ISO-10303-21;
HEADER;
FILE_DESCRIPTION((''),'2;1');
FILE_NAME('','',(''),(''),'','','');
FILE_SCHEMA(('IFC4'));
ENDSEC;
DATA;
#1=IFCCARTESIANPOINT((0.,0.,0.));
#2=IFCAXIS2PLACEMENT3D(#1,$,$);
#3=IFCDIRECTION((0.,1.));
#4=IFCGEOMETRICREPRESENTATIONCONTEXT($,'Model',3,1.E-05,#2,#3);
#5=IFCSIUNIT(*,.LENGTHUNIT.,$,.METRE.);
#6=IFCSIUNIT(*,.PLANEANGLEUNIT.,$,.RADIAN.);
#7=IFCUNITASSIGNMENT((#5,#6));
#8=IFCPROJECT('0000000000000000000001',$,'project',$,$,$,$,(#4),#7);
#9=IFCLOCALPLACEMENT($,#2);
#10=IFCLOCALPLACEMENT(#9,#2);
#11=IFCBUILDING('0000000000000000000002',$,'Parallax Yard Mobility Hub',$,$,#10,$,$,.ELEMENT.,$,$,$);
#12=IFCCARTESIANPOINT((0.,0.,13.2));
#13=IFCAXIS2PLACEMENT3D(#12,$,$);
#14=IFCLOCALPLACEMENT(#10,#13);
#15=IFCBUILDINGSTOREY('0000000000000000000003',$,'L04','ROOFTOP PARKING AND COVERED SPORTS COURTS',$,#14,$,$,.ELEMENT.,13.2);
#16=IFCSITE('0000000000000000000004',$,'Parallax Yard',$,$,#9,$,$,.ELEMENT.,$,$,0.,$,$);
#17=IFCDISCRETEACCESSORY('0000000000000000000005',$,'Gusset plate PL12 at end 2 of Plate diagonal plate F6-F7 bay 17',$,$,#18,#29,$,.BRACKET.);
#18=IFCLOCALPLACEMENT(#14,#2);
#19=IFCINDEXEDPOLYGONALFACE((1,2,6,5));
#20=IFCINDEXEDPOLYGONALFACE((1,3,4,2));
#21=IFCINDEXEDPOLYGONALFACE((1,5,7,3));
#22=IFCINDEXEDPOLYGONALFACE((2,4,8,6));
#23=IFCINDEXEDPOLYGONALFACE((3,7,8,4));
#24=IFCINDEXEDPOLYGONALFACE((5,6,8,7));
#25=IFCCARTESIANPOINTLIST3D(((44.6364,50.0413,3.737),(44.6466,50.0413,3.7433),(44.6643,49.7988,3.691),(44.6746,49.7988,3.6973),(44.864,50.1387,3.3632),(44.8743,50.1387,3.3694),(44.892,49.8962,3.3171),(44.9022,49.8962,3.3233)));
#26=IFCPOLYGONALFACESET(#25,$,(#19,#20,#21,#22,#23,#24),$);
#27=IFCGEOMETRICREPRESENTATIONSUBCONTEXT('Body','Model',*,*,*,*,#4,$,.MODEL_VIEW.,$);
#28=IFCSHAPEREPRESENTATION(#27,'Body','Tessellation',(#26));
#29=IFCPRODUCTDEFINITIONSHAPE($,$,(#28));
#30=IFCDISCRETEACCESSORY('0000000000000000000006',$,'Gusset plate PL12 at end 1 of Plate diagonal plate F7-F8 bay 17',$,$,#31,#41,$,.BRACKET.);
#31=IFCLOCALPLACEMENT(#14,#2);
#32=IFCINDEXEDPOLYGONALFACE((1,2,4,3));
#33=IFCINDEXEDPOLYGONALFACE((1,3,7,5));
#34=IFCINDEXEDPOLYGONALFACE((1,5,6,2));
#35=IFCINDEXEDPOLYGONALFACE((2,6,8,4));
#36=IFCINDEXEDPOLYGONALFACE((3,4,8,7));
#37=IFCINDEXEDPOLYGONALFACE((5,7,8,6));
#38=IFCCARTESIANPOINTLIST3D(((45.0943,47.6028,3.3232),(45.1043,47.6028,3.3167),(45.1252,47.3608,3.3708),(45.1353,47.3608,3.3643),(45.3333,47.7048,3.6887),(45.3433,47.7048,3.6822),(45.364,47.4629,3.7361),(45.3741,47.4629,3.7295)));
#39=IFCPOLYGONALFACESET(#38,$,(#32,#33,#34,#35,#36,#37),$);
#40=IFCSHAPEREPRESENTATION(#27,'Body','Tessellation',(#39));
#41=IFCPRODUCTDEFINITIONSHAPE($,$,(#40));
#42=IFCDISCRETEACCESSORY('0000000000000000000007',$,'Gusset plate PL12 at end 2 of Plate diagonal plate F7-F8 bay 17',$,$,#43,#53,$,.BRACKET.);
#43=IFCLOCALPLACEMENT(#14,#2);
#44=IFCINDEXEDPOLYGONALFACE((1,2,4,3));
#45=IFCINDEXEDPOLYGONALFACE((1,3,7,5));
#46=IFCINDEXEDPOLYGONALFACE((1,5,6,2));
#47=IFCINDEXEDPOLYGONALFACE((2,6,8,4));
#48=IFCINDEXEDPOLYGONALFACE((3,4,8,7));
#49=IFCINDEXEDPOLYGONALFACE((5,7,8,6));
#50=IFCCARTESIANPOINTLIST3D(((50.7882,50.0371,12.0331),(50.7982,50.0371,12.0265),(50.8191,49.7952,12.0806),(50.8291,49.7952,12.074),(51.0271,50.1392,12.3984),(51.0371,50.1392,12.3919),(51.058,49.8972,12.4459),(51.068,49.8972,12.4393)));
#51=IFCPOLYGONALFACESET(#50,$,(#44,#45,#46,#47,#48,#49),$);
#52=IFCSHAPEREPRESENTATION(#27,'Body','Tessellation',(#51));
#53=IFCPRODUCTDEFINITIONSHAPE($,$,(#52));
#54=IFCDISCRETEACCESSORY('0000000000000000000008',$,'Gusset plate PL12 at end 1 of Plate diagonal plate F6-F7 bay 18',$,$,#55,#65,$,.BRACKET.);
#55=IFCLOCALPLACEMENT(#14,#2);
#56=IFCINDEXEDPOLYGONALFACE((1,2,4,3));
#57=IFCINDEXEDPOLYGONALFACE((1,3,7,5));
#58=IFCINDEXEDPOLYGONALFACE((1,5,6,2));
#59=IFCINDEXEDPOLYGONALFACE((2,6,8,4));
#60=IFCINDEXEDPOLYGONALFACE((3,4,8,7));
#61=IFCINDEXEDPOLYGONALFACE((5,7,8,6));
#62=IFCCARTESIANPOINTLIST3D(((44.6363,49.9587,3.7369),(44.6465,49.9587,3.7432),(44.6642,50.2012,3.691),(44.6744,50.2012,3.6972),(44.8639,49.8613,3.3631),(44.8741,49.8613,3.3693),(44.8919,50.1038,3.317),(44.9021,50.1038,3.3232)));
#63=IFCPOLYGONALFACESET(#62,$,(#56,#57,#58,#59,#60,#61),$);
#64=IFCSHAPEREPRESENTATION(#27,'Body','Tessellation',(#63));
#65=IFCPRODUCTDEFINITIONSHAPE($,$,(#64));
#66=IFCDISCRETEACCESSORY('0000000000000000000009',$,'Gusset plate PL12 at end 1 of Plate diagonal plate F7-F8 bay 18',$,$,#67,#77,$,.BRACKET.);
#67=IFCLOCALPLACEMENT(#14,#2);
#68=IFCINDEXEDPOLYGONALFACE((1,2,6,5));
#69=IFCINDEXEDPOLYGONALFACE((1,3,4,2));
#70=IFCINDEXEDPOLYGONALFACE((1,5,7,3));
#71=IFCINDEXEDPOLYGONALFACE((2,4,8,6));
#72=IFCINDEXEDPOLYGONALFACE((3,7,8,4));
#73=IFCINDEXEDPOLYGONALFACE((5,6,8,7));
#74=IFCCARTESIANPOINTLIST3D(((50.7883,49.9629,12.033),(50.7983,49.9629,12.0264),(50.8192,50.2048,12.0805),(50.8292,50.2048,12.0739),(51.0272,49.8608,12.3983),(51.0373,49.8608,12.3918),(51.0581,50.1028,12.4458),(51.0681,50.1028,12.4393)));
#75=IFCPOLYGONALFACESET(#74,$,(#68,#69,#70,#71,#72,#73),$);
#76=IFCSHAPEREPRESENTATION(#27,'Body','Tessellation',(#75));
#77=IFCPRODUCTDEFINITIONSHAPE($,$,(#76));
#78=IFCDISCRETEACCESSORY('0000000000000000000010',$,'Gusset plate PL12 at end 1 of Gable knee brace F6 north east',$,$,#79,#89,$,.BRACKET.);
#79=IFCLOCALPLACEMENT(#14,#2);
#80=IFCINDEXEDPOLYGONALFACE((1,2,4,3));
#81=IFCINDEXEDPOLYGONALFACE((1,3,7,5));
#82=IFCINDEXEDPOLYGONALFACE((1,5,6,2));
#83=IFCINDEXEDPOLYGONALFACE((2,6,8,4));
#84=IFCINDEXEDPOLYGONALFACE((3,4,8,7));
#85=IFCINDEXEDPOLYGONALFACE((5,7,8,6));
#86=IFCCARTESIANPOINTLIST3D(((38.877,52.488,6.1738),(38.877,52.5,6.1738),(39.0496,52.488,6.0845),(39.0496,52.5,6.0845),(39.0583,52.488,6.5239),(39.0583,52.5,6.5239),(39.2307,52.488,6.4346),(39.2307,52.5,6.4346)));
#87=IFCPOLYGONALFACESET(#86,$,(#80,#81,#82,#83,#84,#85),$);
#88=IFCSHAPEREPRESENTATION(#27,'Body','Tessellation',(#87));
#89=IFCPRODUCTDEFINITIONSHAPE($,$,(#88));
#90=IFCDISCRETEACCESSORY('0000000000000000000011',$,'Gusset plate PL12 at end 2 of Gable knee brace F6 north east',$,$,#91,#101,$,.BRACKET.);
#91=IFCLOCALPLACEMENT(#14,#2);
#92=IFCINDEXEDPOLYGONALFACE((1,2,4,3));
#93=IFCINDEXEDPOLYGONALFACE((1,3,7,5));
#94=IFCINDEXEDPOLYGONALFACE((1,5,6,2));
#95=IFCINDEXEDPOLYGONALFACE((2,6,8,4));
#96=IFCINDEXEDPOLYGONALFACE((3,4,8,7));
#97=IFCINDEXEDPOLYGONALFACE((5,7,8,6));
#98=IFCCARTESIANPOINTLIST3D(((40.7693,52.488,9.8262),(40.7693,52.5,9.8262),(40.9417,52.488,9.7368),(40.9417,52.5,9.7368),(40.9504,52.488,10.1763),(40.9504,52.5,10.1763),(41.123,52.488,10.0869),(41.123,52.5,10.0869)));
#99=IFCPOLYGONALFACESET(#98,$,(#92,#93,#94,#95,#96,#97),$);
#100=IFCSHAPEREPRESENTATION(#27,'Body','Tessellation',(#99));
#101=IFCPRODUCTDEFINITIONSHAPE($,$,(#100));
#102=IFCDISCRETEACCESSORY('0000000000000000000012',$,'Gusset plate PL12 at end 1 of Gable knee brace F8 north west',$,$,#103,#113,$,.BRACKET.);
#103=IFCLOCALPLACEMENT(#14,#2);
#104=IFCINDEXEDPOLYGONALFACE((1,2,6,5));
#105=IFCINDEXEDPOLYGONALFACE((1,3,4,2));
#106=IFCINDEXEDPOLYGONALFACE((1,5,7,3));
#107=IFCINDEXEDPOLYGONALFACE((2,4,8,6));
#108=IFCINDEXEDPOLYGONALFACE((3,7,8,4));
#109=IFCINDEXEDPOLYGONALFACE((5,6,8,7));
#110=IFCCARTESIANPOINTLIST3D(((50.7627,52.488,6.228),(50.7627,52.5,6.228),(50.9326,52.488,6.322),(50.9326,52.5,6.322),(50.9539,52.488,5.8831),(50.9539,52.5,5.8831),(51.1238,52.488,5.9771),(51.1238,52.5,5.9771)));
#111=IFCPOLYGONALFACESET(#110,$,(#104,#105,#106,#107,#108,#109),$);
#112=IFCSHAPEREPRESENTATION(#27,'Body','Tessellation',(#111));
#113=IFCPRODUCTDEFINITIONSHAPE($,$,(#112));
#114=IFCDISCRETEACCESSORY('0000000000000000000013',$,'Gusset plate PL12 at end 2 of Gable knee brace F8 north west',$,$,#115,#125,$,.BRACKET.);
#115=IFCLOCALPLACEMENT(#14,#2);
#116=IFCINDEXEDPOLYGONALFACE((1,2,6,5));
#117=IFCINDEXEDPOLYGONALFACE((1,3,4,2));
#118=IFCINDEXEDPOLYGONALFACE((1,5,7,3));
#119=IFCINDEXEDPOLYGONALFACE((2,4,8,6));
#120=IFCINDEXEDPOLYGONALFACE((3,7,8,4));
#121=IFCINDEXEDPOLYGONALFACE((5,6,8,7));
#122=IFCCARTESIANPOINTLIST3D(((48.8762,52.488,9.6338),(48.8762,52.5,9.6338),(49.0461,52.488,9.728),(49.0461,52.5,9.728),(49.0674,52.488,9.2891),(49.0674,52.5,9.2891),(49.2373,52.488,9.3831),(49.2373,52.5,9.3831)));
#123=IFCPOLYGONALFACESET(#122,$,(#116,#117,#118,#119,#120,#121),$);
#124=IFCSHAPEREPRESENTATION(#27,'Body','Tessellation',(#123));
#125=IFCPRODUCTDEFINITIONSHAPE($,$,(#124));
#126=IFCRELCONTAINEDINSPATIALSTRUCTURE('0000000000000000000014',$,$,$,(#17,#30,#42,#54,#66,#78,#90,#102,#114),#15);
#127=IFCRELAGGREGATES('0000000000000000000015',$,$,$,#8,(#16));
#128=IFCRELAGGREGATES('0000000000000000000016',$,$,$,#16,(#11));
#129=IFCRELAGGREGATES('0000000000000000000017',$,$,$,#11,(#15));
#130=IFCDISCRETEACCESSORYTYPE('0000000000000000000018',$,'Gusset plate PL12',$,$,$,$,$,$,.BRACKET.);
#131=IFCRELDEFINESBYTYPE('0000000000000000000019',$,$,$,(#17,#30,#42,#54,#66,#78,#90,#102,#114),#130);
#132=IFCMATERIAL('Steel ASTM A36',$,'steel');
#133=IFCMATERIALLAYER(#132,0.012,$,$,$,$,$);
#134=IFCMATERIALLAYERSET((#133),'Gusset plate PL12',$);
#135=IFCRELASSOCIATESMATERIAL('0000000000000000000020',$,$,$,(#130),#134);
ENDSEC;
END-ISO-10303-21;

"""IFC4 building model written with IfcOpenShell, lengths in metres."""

from ifc_helpers import new_model, si_unit, direction, frame, origin, place, context, subcontext, project, spatial, polyline, outline, extrude, material, layer, layer_set, type_object, element, save


model = new_model("IFC4")

# Units and contexts
model_context = context("Model", 3, precision=1e-05, world=origin(), true_north=direction((0.0, 1.0)))
body_context = subcontext(model_context, "Body", "Model", "MODEL_VIEW")
ifc_project = project(units=[si_unit("LENGTHUNIT", "METRE"), si_unit("PLANEANGLEUNIT", "RADIAN")], contexts=[model_context])

# Site, building, storey
site_placement = place(None, origin())
site = spatial("IfcSite", under=ifc_project, at=site_placement, Name="Parallax Yard", CompositionType="ELEMENT", RefElevation=0.0)
building_placement = place(site_placement, origin())
building = spatial("IfcBuilding", under=site, at=building_placement, Name="Parallax Yard Mobility Hub", CompositionType="ELEMENT")
storey_placement = place(building_placement, frame((0.0, 0.0, 13.2)))
storey = spatial("IfcBuildingStorey", under=building, at=storey_placement, Name="L04", Description="ROOFTOP PARKING AND COVERED SPORTS COURTS", CompositionType="ELEMENT", Elevation=13.2)

# Discrete accessories
ifc_material_1 = material(Name="Steel ASTM A36", Category="steel")
ifc_layer = layer(ifc_material_1, 0.012)
ifc_layer_set = layer_set([ifc_layer], Name="Gusset plate PL12")
discrete_accessory_type = type_object("IfcDiscreteAccessoryType", Name="Gusset plate PL12", PredefinedType="BRACKET", material=ifc_layer_set)
discrete_accessory_1_placement = place(storey_placement, frame((44.6746, 49.7988, 3.6973), z_axis=(0.854155, -0.000225, 0.520019), x_axis=(0.507647, 0.217193, -0.833739)))
element("IfcDiscreteAccessory", 1, at=discrete_accessory_1_placement, inside=storey, type_object=discrete_accessory_type, Name="Gusset plate PL12 at end 2 of Plate diagonal plate F6-F7 bay 17", PredefinedType="BRACKET", context=body_context, shape_type="SweptSolid", body=[
    extrude(outline(polyline([(0.0, 0.0), (0.4485, 0.0), (0.4486, 0.2483), (0.0001, 0.2483), (0.0, 0.0)])), origin(), (0.0, 0.0, -1.0), 0.012),
])
discrete_accessory_2_placement = place(storey_placement, frame((45.3333, 47.7048, 3.6887), z_axis=(-0.837034, 0.000541, 0.547151), x_axis=(-0.532899, -0.227558, -0.815006)))
element("IfcDiscreteAccessory", 2, at=discrete_accessory_2_placement, inside=storey, type_object=discrete_accessory_type, Name="Gusset plate PL12 at end 1 of Plate diagonal plate F7-F8 bay 17", PredefinedType="BRACKET", context=body_context, shape_type="SweptSolid", body=[
    extrude(outline(polyline([(0.0, 0.0), (0.4485, 0.0), (0.4482, 0.2485), (0.0001, 0.2484), (0.0, 0.0)])), origin(), (0.0, 0.0, -1.0), 0.012),
])
discrete_accessory_3_placement = place(storey_placement, frame((50.8191, 49.7952, 12.0806), z_axis=(-0.837034, 0.000541, 0.547151), x_axis=(0.532886, 0.227659, 0.814987)))
element("IfcDiscreteAccessory", 3, at=discrete_accessory_3_placement, inside=storey, type_object=discrete_accessory_type, Name="Gusset plate PL12 at end 2 of Plate diagonal plate F7-F8 bay 17", PredefinedType="BRACKET", context=body_context, shape_type="SweptSolid", body=[
    extrude(outline(polyline([(0.0, 0.0), (0.4483, 0.0), (0.4482, 0.2485), (-0.0001, 0.2485), (0.0, 0.0)])), origin(), (0.0, 0.0, -1.0), 0.012),
])
discrete_accessory_4_placement = place(storey_placement, frame((44.6465, 49.9587, 3.7432), z_axis=(0.854155, 0.000225, 0.520019), x_axis=(0.507643, -0.217232, -0.833732)))
element("IfcDiscreteAccessory", 4, at=discrete_accessory_4_placement, inside=storey, type_object=discrete_accessory_type, Name="Gusset plate PL12 at end 1 of Plate diagonal plate F6-F7 bay 18", PredefinedType="BRACKET", context=body_context, shape_type="SweptSolid", body=[
    extrude(outline(polyline([(0.0, 0.0), (0.4484, 0.0), (0.4484, 0.2483), (-0.0001, 0.2483), (0.0, 0.0)])), origin(), (0.0, 0.0, -1.0), 0.012),
])
discrete_accessory_5_placement = place(storey_placement, frame((50.7883, 49.9629, 12.033), z_axis=(-0.837034, -0.000541, 0.547151), x_axis=(0.532891, -0.227624, 0.814994)))
element("IfcDiscreteAccessory", 5, at=discrete_accessory_5_placement, inside=storey, type_object=discrete_accessory_type, Name="Gusset plate PL12 at end 1 of Plate diagonal plate F7-F8 bay 18", PredefinedType="BRACKET", context=body_context, shape_type="SweptSolid", body=[
    extrude(outline(polyline([(0.0, 0.0), (0.4483, 0.0), (0.4484, 0.2485), (0.0001, 0.2485), (0.0, 0.0)])), origin(), (0.0, 0.0, -1.0), 0.012),
])
for number, where, z_axis, x_axis, name in (
    (6, (39.2307, 52.5, 6.4346), (0.0, 1.0, 0.0), (-0.459558, 0.0, -0.888148), "Gusset plate PL12 at end 1 of Gable knee brace F6 north east"),
    (7, (40.7693, 52.5, 9.8262), (0.0, 1.0, 0.0), (0.459558, 0.0, 0.888148), "Gusset plate PL12 at end 2 of Gable knee brace F6 north east"),
):
    element("IfcDiscreteAccessory", number, at=place(storey_placement, frame(where, z_axis=z_axis, x_axis=x_axis)), inside=storey, type_object=discrete_accessory_type, Name=name, PredefinedType="BRACKET", context=body_context, shape_type="SweptSolid", body=[
        extrude(outline(polyline([(0.0, 0.0), (0.3942, 0.0), (0.3942, 0.1944), (-0.0001, 0.1941), (0.0, 0.0)])), origin(), (0.0, 0.0, -1.0), 0.012),
    ])
discrete_accessory_6_placement = place(storey_placement, frame((50.9326, 52.5, 6.322), z_axis=(0.0, 1.0, 0.0), x_axis=(0.484697, 0.0, -0.874682)))
element("IfcDiscreteAccessory", 8, at=discrete_accessory_6_placement, inside=storey, type_object=discrete_accessory_type, Name="Gusset plate PL12 at end 1 of Gable knee brace F8 north west", PredefinedType="BRACKET", context=body_context, shape_type="SweptSolid", body=[
    extrude(outline(polyline([(0.0, 0.0), (0.3944, 0.0), (0.3942, 0.1942), (-0.0001, 0.1942), (0.0, 0.0)])), origin(), (0.0, 0.0, -1.0), 0.012),
])
discrete_accessory_7_placement = place(storey_placement, frame((49.0674, 52.5, 9.2891), z_axis=(0.0, 1.0, 0.0), x_axis=(-0.484959, 0.0, 0.874537)))
element("IfcDiscreteAccessory", 9, at=discrete_accessory_7_placement, inside=storey, type_object=discrete_accessory_type, Name="Gusset plate PL12 at end 2 of Gable knee brace F8 north west", PredefinedType="BRACKET", context=body_context, shape_type="SweptSolid", body=[
    extrude(outline(polyline([(0.0, 0.0), (0.3942, 0.0), (0.3942, 0.1943), (-0.0002, 0.1942), (0.0, 0.0)])), origin(), (0.0, 0.0, -1.0), 0.012),
])

save(model, "model.ifc")
